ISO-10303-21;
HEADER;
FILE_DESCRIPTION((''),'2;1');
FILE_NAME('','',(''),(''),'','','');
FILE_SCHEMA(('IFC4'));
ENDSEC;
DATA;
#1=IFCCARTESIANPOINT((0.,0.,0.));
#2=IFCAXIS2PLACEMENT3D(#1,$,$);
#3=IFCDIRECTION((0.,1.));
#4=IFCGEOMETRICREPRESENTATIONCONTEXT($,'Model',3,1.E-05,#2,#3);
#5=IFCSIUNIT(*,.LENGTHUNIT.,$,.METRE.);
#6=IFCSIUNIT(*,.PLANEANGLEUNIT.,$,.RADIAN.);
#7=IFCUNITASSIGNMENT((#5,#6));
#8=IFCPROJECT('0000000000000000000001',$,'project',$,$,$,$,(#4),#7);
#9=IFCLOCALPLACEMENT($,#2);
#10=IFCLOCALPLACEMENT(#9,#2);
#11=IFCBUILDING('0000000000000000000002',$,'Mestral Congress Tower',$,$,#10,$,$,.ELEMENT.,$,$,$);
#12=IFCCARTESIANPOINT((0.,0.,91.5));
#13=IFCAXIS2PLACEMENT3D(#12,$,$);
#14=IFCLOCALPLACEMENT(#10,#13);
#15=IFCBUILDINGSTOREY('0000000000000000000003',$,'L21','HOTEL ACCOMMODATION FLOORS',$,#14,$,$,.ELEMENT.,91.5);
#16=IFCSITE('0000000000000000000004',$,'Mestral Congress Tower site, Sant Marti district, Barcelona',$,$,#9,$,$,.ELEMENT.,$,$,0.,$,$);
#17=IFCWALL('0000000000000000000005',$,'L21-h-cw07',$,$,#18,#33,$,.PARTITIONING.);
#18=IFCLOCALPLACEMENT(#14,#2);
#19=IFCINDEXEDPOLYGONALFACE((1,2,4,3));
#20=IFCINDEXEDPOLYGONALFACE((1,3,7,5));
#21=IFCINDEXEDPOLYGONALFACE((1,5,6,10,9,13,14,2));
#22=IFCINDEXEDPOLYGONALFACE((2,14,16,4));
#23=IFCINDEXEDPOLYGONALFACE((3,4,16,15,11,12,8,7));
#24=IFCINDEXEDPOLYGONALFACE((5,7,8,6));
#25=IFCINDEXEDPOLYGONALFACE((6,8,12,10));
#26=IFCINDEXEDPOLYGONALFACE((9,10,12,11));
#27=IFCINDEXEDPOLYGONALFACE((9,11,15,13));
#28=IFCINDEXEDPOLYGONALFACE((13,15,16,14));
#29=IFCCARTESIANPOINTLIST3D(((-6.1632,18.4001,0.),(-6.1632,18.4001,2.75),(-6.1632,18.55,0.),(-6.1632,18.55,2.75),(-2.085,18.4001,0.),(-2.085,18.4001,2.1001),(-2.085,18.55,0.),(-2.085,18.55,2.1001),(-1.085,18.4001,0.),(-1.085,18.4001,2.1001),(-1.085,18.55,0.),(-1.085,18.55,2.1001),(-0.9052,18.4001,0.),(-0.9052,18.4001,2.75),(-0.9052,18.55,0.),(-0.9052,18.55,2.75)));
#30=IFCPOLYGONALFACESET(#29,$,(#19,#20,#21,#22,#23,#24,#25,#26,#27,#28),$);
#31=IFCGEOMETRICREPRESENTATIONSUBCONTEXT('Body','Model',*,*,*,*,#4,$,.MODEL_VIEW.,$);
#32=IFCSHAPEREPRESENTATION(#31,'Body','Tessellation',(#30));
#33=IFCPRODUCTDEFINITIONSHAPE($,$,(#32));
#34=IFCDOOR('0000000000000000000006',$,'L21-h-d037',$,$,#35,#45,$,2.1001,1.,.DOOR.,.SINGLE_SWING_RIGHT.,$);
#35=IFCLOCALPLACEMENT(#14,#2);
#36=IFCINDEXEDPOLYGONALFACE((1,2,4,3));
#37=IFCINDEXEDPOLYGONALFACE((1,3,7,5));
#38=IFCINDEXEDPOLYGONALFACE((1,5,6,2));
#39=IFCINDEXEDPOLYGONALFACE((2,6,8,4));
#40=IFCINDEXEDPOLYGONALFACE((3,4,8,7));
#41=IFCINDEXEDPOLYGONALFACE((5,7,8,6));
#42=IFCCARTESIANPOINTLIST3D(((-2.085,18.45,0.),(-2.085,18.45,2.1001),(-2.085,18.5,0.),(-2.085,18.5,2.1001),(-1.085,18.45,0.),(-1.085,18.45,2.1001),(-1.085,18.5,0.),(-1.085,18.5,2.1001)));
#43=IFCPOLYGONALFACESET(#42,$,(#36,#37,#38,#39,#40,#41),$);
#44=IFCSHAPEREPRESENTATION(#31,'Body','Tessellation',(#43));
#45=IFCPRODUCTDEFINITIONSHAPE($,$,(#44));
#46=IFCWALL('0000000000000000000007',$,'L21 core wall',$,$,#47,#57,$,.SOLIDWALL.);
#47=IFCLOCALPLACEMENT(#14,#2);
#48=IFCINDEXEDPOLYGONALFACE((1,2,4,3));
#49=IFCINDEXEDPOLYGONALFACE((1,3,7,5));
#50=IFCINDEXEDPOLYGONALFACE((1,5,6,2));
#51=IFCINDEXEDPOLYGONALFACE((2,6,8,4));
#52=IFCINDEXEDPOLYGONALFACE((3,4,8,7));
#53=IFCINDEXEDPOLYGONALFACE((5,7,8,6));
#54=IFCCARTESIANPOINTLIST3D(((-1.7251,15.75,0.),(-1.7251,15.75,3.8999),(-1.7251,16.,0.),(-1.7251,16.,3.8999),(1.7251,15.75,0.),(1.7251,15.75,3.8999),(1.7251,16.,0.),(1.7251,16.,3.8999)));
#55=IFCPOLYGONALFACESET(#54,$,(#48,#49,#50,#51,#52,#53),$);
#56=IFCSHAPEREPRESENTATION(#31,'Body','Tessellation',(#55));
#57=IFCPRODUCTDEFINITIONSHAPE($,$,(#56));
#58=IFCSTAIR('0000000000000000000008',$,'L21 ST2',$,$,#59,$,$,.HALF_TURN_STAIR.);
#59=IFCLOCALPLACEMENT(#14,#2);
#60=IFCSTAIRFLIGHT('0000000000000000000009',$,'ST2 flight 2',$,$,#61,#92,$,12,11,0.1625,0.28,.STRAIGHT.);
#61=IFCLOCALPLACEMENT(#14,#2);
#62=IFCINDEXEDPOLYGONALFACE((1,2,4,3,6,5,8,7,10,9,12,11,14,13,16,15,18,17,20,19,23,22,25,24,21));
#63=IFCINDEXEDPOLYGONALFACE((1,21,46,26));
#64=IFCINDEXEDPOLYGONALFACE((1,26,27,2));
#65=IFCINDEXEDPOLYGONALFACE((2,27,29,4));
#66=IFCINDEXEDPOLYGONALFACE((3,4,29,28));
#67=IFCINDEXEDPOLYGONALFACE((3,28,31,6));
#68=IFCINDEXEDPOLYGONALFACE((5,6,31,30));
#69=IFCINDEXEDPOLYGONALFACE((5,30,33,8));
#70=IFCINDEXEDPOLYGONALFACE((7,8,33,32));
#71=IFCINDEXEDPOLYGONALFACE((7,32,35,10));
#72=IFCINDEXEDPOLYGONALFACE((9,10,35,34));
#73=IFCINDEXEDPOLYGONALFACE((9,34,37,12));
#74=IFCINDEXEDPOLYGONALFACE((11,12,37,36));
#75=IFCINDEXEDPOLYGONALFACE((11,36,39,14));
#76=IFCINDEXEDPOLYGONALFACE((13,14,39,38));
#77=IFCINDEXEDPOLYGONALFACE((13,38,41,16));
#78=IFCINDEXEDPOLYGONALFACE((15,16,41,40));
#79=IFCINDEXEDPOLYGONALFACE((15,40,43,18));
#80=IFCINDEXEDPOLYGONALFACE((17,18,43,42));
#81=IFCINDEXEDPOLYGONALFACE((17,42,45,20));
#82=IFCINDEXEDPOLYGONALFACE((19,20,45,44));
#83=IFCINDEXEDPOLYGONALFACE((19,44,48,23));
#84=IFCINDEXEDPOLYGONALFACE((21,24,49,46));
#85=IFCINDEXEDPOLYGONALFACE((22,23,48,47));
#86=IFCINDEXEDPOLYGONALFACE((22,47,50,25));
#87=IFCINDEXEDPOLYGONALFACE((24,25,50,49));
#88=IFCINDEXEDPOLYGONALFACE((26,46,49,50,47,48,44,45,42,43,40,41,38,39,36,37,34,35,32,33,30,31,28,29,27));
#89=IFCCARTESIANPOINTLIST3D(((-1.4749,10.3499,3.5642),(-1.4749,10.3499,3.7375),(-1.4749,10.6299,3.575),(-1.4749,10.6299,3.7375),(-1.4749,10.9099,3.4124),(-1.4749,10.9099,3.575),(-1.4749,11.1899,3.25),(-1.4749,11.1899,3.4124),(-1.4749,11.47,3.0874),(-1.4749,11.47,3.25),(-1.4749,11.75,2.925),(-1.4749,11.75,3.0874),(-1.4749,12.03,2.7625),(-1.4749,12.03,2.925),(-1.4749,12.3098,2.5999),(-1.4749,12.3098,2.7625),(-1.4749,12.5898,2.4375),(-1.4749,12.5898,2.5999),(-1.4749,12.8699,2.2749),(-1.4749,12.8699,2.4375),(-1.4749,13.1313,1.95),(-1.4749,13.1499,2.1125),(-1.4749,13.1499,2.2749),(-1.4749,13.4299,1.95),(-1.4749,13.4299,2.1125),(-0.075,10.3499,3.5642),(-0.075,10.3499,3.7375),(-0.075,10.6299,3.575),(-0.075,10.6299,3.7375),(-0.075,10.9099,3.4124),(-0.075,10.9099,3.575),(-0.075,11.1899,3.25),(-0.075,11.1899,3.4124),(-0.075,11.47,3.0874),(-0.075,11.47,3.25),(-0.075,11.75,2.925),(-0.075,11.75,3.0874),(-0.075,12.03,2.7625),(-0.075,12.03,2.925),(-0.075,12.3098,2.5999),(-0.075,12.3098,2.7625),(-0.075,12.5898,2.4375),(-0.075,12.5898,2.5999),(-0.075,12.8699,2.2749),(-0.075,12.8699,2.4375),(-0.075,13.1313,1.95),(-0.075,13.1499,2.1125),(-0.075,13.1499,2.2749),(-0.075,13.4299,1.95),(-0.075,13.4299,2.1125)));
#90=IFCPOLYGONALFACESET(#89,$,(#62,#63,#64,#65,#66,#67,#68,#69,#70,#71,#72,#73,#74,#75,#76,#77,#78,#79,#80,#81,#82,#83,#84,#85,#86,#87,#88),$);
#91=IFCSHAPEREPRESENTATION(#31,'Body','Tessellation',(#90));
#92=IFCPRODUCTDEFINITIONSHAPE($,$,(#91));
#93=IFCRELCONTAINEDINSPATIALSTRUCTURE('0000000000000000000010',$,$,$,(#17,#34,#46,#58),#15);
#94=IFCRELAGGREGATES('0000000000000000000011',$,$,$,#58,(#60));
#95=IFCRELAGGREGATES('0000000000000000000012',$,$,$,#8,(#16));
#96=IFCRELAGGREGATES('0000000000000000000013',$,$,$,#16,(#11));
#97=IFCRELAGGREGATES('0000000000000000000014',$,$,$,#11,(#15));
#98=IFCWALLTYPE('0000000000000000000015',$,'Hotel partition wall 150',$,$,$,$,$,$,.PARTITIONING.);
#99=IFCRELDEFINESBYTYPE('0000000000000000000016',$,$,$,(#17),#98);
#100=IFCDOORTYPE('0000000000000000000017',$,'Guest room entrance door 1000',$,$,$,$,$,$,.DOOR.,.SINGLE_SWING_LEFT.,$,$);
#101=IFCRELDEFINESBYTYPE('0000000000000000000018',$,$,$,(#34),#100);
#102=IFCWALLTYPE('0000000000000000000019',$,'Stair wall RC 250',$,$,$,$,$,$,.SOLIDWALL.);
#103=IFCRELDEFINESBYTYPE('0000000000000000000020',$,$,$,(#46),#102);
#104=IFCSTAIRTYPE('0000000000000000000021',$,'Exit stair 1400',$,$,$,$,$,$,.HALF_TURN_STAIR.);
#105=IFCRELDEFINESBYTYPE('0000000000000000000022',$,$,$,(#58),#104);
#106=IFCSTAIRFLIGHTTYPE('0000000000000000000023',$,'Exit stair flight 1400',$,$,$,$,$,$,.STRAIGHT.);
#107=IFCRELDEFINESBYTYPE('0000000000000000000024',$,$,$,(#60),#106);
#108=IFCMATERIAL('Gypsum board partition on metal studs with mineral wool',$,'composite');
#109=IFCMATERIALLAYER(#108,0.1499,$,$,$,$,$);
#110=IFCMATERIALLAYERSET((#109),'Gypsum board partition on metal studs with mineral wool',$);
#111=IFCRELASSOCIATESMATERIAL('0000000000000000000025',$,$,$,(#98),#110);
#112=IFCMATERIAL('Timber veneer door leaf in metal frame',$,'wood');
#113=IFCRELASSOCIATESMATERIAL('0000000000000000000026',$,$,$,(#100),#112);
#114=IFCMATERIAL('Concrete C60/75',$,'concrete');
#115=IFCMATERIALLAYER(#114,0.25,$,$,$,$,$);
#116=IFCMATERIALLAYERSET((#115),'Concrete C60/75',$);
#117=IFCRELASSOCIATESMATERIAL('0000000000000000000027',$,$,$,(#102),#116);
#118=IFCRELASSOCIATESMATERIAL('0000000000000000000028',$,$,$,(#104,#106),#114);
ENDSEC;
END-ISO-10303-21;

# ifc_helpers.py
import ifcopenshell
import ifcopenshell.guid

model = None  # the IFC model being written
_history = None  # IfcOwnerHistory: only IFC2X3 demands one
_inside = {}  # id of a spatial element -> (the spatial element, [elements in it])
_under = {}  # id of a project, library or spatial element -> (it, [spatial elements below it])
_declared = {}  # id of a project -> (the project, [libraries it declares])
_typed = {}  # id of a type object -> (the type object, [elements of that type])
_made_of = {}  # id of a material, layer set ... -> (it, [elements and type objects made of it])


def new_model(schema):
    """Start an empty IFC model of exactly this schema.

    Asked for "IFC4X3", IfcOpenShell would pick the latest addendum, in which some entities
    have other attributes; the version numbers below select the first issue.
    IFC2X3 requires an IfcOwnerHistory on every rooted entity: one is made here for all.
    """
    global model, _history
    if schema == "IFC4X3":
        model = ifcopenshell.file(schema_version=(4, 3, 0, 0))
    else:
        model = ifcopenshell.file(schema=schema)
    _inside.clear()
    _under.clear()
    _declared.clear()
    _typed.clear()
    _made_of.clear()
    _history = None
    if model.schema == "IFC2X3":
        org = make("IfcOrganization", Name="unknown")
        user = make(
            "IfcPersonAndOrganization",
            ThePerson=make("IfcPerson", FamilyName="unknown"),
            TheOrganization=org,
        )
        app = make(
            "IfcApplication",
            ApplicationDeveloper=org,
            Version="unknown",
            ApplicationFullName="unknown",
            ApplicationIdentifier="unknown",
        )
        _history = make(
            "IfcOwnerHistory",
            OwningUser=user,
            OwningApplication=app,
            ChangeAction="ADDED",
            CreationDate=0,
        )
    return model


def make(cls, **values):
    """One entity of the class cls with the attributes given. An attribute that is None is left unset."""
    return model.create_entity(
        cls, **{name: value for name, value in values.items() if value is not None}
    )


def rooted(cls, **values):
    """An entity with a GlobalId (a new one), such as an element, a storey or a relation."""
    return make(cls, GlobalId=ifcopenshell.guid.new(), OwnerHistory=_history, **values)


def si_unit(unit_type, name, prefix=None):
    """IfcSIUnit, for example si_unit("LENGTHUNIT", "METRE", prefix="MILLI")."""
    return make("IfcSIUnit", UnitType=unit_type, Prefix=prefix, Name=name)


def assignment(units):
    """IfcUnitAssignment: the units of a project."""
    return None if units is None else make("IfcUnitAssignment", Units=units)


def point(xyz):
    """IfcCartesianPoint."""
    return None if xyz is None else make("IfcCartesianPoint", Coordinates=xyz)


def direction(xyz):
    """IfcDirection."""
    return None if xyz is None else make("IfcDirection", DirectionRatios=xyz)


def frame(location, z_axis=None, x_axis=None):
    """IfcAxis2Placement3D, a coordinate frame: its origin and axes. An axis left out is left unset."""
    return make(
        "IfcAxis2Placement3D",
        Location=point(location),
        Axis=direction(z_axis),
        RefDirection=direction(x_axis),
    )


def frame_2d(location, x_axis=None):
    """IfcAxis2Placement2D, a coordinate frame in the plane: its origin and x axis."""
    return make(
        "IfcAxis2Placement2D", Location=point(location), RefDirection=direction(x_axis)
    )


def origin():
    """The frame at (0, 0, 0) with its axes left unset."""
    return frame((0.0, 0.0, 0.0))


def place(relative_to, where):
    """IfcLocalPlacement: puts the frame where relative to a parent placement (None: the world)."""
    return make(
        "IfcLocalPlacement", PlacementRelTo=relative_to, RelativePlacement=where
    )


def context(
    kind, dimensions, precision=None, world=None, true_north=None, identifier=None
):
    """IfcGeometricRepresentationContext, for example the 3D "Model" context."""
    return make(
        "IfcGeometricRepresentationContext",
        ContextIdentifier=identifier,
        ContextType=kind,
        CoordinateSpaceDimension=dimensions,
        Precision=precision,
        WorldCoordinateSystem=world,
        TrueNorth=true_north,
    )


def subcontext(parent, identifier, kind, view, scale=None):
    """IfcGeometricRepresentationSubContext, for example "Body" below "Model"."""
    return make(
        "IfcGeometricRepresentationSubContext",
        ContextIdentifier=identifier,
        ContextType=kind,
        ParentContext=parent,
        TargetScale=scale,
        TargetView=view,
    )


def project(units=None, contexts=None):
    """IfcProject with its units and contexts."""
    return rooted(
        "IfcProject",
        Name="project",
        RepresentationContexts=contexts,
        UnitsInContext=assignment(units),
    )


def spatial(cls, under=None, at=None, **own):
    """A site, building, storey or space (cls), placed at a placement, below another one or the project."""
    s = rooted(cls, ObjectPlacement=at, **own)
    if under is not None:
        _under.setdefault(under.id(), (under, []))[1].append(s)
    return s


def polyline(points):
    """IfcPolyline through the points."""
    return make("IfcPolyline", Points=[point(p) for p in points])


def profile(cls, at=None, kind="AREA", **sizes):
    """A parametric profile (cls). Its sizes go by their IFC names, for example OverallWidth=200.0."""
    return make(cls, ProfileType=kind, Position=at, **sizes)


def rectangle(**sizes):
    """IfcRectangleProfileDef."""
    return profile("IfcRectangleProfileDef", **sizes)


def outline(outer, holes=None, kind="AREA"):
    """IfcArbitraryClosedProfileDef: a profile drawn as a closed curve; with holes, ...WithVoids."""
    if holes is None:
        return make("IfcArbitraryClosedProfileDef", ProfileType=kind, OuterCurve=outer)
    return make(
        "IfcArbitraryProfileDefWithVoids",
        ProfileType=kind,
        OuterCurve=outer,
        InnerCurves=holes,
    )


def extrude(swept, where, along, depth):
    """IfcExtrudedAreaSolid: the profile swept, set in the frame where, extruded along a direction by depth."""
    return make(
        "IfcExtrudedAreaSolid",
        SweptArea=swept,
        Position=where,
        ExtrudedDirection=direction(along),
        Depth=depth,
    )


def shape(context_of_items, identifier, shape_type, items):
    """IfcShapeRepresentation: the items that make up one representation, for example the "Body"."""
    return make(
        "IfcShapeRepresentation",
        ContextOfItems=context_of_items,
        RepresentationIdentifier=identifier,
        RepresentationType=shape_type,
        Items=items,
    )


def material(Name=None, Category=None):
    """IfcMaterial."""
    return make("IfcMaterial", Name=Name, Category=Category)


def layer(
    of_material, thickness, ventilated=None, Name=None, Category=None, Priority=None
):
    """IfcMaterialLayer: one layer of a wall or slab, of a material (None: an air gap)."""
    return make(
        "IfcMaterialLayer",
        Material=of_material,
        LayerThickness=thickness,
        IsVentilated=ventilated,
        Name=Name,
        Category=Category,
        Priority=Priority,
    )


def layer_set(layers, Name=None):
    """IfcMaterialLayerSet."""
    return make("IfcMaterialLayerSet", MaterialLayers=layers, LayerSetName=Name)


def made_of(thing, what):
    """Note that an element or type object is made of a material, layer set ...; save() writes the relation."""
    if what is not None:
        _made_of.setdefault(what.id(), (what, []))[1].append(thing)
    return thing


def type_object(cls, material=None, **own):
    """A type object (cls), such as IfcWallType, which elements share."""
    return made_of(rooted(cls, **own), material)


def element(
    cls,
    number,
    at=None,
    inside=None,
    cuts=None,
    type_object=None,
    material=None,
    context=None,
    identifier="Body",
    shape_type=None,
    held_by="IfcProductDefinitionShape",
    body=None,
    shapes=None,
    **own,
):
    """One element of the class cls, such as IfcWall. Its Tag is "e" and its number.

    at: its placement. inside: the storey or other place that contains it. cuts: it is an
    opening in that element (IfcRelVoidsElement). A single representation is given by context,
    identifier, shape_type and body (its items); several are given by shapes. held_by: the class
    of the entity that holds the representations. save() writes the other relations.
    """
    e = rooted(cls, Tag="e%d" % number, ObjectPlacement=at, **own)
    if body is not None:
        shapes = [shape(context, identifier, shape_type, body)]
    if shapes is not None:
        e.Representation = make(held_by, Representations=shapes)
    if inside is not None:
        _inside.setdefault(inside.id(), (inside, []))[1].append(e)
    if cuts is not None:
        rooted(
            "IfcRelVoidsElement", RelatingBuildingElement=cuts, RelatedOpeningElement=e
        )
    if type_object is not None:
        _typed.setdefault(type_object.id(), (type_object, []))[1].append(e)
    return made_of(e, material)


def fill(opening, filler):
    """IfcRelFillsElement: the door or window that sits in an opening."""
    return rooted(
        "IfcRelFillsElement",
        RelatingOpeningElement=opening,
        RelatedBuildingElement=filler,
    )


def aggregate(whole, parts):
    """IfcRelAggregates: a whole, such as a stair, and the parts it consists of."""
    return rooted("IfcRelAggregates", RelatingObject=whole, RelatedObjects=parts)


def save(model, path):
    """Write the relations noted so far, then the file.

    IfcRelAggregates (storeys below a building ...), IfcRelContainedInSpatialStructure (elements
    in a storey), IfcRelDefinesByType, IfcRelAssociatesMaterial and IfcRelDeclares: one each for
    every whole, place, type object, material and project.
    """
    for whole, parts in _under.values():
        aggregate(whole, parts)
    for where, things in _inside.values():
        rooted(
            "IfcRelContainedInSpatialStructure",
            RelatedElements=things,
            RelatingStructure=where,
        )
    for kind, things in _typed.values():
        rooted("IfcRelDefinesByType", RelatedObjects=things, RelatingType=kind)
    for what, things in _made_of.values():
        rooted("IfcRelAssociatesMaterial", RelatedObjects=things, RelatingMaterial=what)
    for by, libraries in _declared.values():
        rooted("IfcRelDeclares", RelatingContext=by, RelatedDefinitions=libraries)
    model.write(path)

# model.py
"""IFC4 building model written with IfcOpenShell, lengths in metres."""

from ifc_helpers import new_model, si_unit, direction, frame, frame_2d, origin, place, context, subcontext, project, spatial, polyline, rectangle, outline, extrude, material, layer, layer_set, type_object, element, fill, aggregate, save


model = new_model("IFC4")

# Units and contexts
model_context = context("Model", 3, precision=1e-05, world=origin(), true_north=direction((0.0, 1.0)))
body_context = subcontext(model_context, "Body", "Model", "MODEL_VIEW")
ifc_project = project(units=[si_unit("LENGTHUNIT", "METRE"), si_unit("PLANEANGLEUNIT", "RADIAN")], contexts=[model_context])

# Site, building, storey
site_placement = place(None, origin())
site = spatial("IfcSite", under=ifc_project, at=site_placement, Name="Mestral Congress Tower site, Sant Marti district, Barcelona", CompositionType="ELEMENT", RefElevation=0.0)
building_placement = place(site_placement, origin())
building = spatial("IfcBuilding", under=site, at=building_placement, Name="Mestral Congress Tower", CompositionType="ELEMENT")
storey_placement = place(building_placement, frame((0.0, 0.0, 91.5)))
storey = spatial("IfcBuildingStorey", under=building, at=storey_placement, Name="L21", Description="HOTEL ACCOMMODATION FLOORS", CompositionType="ELEMENT", Elevation=91.5)

# Shared definitions
ifc_material_1 = material(Name="Concrete C60/75", Category="concrete")

# Shared definitions
ifc_material_2 = material(Name="Gypsum board partition on metal studs with mineral wool", Category="composite")

# Wall, opening, door
ifc_layer_1 = layer(ifc_material_2, 0.1499)
ifc_layer_set_1 = layer_set([ifc_layer_1], Name="Gypsum board partition on metal studs with mineral wool")
wall_type_1 = type_object("IfcWallType", Name="Hotel partition wall 150", PredefinedType="PARTITIONING", material=ifc_layer_set_1)
ifc_material_3 = material(Name="Timber veneer door leaf in metal frame", Category="wood")
door_type_1 = type_object("IfcDoorType", Name="Guest room entrance door 1000", OperationType="SINGLE_SWING_LEFT", PredefinedType="DOOR", material=ifc_material_3)
wall_1_placement = place(storey_placement, frame((-6.1631, 18.4751, 0.0), z_axis=(0.0, 0.0, 1.0), x_axis=(1.0, 0.0, 0.0)))
wall_1 = element("IfcWall", 1, at=wall_1_placement, inside=storey, type_object=wall_type_1, Name="L21-h-cw07", PredefinedType="PARTITIONING", context=body_context, shape_type="SweptSolid", body=[
    extrude(rectangle(XDim=5.2581, YDim=0.1499, at=frame_2d((2.6289, 0.0))), origin(), (0.0, 0.0, 1.0), 2.75),
])
opening_1_placement = place(wall_1_placement, frame((4.0781, 0.0, 0.0)))
opening_1 = element("IfcOpeningElement", 2, at=opening_1_placement, cuts=wall_1, PredefinedType="OPENING", context=body_context, shape_type="SweptSolid", body=[
    extrude(rectangle(XDim=1.0, YDim=2.1001, at=frame_2d((0.5, 1.05))), frame((0.0, 0.085, 0.0), z_axis=(0.0, -1.0, 0.0), x_axis=(1.0, 0.0, 0.0)), (0.0, 0.0, 1.0), 0.1699),
])
door_1_placement = place(opening_1_placement, origin())
door_1 = element("IfcDoor", 3, at=door_1_placement, inside=storey, type_object=door_type_1, Name="L21-h-d037", OperationType="SINGLE_SWING_RIGHT", OverallHeight=2.1001, OverallWidth=1.0, PredefinedType="DOOR", context=body_context, shape_type="SweptSolid", body=[
    extrude(rectangle(XDim=1.0, YDim=2.1001, at=frame_2d((0.5, 1.05))), frame((0.0, 0.0249, 0.0), z_axis=(0.0, -1.0, 0.0), x_axis=(1.0, 0.0, 0.0)), (0.0, 0.0, 1.0), 0.05),
])
fill(opening_1, door_1)

# Wall
ifc_layer_2 = layer(ifc_material_1, 0.25)
ifc_layer_set_2 = layer_set([ifc_layer_2], Name="Concrete C60/75")
wall_type_2 = type_object("IfcWallType", Name="Stair wall RC 250", PredefinedType="SOLIDWALL", material=ifc_layer_set_2)
wall_2_placement = place(storey_placement, frame((-1.7251, 15.875, 0.0), z_axis=(0.0, 0.0, 1.0), x_axis=(1.0, 0.0, 0.0)))
element("IfcWall", 4, at=wall_2_placement, inside=storey, type_object=wall_type_2, Name="L21 core wall", PredefinedType="SOLIDWALL", context=body_context, shape_type="SweptSolid", body=[
    extrude(rectangle(XDim=3.4502, YDim=0.25, at=frame_2d((1.7251, 0.0))), origin(), (0.0, 0.0, 1.0), 3.8999),
])

# Stair, stair flight
stair_type = type_object("IfcStairType", Name="Exit stair 1400", PredefinedType="HALF_TURN_STAIR", material=ifc_material_1)
stair_placement = place(storey_placement, origin())
stair = element("IfcStair", 5, at=stair_placement, inside=storey, type_object=stair_type, Name="L21 ST2", PredefinedType="HALF_TURN_STAIR")
stair_flight_type = type_object("IfcStairFlightType", Name="Exit stair flight 1400", PredefinedType="STRAIGHT", material=ifc_material_1)
stair_flight_placement = place(storey_placement, frame((-0.7749, 13.4299, 1.95), z_axis=(0.0, 0.0, 1.0), x_axis=(0.0, -1.0, 0.0)))
stair_flight = element("IfcStairFlight", 6, at=stair_flight_placement, type_object=stair_flight_type, Name="ST2 flight 2", NumberOfRisers=12, NumberOfTreads=11, PredefinedType="STRAIGHT", RiserHeight=0.1625, TreadLength=0.28, context=body_context, shape_type="SweptSolid", body=[
    extrude(outline(polyline([(0.0, 0.0), (0.0, 0.1626), (0.28, 0.1626), (0.28, 0.325), (0.5601, 0.325), (0.5601, 0.4875), (0.8401, 0.4875), (0.8401, 0.6499), (1.1201, 0.6499), (1.1201, 0.8125), (1.3999, 0.8125), (1.3999, 0.9751), (1.6799, 0.9751), (1.6799, 1.1375), (1.96, 1.1375), (1.96, 1.3), (2.24, 1.3), (2.24, 1.4624), (2.52, 1.4624), (2.52, 1.625), (2.8, 1.625), (2.8, 1.7876), (3.0801, 1.7876), (3.0801, 1.95), (3.0801, 1.6143), (0.2986, 0.0), (0.0, 0.0)])), frame((0.0, 0.7, 0.0), z_axis=(0.0, -1.0, 0.0), x_axis=(1.0, 0.0, 0.0)), (0.0, 0.0, 1.0), 1.3999),
])
aggregate(stair, [stair_flight])

save(model, "model.ifc")
